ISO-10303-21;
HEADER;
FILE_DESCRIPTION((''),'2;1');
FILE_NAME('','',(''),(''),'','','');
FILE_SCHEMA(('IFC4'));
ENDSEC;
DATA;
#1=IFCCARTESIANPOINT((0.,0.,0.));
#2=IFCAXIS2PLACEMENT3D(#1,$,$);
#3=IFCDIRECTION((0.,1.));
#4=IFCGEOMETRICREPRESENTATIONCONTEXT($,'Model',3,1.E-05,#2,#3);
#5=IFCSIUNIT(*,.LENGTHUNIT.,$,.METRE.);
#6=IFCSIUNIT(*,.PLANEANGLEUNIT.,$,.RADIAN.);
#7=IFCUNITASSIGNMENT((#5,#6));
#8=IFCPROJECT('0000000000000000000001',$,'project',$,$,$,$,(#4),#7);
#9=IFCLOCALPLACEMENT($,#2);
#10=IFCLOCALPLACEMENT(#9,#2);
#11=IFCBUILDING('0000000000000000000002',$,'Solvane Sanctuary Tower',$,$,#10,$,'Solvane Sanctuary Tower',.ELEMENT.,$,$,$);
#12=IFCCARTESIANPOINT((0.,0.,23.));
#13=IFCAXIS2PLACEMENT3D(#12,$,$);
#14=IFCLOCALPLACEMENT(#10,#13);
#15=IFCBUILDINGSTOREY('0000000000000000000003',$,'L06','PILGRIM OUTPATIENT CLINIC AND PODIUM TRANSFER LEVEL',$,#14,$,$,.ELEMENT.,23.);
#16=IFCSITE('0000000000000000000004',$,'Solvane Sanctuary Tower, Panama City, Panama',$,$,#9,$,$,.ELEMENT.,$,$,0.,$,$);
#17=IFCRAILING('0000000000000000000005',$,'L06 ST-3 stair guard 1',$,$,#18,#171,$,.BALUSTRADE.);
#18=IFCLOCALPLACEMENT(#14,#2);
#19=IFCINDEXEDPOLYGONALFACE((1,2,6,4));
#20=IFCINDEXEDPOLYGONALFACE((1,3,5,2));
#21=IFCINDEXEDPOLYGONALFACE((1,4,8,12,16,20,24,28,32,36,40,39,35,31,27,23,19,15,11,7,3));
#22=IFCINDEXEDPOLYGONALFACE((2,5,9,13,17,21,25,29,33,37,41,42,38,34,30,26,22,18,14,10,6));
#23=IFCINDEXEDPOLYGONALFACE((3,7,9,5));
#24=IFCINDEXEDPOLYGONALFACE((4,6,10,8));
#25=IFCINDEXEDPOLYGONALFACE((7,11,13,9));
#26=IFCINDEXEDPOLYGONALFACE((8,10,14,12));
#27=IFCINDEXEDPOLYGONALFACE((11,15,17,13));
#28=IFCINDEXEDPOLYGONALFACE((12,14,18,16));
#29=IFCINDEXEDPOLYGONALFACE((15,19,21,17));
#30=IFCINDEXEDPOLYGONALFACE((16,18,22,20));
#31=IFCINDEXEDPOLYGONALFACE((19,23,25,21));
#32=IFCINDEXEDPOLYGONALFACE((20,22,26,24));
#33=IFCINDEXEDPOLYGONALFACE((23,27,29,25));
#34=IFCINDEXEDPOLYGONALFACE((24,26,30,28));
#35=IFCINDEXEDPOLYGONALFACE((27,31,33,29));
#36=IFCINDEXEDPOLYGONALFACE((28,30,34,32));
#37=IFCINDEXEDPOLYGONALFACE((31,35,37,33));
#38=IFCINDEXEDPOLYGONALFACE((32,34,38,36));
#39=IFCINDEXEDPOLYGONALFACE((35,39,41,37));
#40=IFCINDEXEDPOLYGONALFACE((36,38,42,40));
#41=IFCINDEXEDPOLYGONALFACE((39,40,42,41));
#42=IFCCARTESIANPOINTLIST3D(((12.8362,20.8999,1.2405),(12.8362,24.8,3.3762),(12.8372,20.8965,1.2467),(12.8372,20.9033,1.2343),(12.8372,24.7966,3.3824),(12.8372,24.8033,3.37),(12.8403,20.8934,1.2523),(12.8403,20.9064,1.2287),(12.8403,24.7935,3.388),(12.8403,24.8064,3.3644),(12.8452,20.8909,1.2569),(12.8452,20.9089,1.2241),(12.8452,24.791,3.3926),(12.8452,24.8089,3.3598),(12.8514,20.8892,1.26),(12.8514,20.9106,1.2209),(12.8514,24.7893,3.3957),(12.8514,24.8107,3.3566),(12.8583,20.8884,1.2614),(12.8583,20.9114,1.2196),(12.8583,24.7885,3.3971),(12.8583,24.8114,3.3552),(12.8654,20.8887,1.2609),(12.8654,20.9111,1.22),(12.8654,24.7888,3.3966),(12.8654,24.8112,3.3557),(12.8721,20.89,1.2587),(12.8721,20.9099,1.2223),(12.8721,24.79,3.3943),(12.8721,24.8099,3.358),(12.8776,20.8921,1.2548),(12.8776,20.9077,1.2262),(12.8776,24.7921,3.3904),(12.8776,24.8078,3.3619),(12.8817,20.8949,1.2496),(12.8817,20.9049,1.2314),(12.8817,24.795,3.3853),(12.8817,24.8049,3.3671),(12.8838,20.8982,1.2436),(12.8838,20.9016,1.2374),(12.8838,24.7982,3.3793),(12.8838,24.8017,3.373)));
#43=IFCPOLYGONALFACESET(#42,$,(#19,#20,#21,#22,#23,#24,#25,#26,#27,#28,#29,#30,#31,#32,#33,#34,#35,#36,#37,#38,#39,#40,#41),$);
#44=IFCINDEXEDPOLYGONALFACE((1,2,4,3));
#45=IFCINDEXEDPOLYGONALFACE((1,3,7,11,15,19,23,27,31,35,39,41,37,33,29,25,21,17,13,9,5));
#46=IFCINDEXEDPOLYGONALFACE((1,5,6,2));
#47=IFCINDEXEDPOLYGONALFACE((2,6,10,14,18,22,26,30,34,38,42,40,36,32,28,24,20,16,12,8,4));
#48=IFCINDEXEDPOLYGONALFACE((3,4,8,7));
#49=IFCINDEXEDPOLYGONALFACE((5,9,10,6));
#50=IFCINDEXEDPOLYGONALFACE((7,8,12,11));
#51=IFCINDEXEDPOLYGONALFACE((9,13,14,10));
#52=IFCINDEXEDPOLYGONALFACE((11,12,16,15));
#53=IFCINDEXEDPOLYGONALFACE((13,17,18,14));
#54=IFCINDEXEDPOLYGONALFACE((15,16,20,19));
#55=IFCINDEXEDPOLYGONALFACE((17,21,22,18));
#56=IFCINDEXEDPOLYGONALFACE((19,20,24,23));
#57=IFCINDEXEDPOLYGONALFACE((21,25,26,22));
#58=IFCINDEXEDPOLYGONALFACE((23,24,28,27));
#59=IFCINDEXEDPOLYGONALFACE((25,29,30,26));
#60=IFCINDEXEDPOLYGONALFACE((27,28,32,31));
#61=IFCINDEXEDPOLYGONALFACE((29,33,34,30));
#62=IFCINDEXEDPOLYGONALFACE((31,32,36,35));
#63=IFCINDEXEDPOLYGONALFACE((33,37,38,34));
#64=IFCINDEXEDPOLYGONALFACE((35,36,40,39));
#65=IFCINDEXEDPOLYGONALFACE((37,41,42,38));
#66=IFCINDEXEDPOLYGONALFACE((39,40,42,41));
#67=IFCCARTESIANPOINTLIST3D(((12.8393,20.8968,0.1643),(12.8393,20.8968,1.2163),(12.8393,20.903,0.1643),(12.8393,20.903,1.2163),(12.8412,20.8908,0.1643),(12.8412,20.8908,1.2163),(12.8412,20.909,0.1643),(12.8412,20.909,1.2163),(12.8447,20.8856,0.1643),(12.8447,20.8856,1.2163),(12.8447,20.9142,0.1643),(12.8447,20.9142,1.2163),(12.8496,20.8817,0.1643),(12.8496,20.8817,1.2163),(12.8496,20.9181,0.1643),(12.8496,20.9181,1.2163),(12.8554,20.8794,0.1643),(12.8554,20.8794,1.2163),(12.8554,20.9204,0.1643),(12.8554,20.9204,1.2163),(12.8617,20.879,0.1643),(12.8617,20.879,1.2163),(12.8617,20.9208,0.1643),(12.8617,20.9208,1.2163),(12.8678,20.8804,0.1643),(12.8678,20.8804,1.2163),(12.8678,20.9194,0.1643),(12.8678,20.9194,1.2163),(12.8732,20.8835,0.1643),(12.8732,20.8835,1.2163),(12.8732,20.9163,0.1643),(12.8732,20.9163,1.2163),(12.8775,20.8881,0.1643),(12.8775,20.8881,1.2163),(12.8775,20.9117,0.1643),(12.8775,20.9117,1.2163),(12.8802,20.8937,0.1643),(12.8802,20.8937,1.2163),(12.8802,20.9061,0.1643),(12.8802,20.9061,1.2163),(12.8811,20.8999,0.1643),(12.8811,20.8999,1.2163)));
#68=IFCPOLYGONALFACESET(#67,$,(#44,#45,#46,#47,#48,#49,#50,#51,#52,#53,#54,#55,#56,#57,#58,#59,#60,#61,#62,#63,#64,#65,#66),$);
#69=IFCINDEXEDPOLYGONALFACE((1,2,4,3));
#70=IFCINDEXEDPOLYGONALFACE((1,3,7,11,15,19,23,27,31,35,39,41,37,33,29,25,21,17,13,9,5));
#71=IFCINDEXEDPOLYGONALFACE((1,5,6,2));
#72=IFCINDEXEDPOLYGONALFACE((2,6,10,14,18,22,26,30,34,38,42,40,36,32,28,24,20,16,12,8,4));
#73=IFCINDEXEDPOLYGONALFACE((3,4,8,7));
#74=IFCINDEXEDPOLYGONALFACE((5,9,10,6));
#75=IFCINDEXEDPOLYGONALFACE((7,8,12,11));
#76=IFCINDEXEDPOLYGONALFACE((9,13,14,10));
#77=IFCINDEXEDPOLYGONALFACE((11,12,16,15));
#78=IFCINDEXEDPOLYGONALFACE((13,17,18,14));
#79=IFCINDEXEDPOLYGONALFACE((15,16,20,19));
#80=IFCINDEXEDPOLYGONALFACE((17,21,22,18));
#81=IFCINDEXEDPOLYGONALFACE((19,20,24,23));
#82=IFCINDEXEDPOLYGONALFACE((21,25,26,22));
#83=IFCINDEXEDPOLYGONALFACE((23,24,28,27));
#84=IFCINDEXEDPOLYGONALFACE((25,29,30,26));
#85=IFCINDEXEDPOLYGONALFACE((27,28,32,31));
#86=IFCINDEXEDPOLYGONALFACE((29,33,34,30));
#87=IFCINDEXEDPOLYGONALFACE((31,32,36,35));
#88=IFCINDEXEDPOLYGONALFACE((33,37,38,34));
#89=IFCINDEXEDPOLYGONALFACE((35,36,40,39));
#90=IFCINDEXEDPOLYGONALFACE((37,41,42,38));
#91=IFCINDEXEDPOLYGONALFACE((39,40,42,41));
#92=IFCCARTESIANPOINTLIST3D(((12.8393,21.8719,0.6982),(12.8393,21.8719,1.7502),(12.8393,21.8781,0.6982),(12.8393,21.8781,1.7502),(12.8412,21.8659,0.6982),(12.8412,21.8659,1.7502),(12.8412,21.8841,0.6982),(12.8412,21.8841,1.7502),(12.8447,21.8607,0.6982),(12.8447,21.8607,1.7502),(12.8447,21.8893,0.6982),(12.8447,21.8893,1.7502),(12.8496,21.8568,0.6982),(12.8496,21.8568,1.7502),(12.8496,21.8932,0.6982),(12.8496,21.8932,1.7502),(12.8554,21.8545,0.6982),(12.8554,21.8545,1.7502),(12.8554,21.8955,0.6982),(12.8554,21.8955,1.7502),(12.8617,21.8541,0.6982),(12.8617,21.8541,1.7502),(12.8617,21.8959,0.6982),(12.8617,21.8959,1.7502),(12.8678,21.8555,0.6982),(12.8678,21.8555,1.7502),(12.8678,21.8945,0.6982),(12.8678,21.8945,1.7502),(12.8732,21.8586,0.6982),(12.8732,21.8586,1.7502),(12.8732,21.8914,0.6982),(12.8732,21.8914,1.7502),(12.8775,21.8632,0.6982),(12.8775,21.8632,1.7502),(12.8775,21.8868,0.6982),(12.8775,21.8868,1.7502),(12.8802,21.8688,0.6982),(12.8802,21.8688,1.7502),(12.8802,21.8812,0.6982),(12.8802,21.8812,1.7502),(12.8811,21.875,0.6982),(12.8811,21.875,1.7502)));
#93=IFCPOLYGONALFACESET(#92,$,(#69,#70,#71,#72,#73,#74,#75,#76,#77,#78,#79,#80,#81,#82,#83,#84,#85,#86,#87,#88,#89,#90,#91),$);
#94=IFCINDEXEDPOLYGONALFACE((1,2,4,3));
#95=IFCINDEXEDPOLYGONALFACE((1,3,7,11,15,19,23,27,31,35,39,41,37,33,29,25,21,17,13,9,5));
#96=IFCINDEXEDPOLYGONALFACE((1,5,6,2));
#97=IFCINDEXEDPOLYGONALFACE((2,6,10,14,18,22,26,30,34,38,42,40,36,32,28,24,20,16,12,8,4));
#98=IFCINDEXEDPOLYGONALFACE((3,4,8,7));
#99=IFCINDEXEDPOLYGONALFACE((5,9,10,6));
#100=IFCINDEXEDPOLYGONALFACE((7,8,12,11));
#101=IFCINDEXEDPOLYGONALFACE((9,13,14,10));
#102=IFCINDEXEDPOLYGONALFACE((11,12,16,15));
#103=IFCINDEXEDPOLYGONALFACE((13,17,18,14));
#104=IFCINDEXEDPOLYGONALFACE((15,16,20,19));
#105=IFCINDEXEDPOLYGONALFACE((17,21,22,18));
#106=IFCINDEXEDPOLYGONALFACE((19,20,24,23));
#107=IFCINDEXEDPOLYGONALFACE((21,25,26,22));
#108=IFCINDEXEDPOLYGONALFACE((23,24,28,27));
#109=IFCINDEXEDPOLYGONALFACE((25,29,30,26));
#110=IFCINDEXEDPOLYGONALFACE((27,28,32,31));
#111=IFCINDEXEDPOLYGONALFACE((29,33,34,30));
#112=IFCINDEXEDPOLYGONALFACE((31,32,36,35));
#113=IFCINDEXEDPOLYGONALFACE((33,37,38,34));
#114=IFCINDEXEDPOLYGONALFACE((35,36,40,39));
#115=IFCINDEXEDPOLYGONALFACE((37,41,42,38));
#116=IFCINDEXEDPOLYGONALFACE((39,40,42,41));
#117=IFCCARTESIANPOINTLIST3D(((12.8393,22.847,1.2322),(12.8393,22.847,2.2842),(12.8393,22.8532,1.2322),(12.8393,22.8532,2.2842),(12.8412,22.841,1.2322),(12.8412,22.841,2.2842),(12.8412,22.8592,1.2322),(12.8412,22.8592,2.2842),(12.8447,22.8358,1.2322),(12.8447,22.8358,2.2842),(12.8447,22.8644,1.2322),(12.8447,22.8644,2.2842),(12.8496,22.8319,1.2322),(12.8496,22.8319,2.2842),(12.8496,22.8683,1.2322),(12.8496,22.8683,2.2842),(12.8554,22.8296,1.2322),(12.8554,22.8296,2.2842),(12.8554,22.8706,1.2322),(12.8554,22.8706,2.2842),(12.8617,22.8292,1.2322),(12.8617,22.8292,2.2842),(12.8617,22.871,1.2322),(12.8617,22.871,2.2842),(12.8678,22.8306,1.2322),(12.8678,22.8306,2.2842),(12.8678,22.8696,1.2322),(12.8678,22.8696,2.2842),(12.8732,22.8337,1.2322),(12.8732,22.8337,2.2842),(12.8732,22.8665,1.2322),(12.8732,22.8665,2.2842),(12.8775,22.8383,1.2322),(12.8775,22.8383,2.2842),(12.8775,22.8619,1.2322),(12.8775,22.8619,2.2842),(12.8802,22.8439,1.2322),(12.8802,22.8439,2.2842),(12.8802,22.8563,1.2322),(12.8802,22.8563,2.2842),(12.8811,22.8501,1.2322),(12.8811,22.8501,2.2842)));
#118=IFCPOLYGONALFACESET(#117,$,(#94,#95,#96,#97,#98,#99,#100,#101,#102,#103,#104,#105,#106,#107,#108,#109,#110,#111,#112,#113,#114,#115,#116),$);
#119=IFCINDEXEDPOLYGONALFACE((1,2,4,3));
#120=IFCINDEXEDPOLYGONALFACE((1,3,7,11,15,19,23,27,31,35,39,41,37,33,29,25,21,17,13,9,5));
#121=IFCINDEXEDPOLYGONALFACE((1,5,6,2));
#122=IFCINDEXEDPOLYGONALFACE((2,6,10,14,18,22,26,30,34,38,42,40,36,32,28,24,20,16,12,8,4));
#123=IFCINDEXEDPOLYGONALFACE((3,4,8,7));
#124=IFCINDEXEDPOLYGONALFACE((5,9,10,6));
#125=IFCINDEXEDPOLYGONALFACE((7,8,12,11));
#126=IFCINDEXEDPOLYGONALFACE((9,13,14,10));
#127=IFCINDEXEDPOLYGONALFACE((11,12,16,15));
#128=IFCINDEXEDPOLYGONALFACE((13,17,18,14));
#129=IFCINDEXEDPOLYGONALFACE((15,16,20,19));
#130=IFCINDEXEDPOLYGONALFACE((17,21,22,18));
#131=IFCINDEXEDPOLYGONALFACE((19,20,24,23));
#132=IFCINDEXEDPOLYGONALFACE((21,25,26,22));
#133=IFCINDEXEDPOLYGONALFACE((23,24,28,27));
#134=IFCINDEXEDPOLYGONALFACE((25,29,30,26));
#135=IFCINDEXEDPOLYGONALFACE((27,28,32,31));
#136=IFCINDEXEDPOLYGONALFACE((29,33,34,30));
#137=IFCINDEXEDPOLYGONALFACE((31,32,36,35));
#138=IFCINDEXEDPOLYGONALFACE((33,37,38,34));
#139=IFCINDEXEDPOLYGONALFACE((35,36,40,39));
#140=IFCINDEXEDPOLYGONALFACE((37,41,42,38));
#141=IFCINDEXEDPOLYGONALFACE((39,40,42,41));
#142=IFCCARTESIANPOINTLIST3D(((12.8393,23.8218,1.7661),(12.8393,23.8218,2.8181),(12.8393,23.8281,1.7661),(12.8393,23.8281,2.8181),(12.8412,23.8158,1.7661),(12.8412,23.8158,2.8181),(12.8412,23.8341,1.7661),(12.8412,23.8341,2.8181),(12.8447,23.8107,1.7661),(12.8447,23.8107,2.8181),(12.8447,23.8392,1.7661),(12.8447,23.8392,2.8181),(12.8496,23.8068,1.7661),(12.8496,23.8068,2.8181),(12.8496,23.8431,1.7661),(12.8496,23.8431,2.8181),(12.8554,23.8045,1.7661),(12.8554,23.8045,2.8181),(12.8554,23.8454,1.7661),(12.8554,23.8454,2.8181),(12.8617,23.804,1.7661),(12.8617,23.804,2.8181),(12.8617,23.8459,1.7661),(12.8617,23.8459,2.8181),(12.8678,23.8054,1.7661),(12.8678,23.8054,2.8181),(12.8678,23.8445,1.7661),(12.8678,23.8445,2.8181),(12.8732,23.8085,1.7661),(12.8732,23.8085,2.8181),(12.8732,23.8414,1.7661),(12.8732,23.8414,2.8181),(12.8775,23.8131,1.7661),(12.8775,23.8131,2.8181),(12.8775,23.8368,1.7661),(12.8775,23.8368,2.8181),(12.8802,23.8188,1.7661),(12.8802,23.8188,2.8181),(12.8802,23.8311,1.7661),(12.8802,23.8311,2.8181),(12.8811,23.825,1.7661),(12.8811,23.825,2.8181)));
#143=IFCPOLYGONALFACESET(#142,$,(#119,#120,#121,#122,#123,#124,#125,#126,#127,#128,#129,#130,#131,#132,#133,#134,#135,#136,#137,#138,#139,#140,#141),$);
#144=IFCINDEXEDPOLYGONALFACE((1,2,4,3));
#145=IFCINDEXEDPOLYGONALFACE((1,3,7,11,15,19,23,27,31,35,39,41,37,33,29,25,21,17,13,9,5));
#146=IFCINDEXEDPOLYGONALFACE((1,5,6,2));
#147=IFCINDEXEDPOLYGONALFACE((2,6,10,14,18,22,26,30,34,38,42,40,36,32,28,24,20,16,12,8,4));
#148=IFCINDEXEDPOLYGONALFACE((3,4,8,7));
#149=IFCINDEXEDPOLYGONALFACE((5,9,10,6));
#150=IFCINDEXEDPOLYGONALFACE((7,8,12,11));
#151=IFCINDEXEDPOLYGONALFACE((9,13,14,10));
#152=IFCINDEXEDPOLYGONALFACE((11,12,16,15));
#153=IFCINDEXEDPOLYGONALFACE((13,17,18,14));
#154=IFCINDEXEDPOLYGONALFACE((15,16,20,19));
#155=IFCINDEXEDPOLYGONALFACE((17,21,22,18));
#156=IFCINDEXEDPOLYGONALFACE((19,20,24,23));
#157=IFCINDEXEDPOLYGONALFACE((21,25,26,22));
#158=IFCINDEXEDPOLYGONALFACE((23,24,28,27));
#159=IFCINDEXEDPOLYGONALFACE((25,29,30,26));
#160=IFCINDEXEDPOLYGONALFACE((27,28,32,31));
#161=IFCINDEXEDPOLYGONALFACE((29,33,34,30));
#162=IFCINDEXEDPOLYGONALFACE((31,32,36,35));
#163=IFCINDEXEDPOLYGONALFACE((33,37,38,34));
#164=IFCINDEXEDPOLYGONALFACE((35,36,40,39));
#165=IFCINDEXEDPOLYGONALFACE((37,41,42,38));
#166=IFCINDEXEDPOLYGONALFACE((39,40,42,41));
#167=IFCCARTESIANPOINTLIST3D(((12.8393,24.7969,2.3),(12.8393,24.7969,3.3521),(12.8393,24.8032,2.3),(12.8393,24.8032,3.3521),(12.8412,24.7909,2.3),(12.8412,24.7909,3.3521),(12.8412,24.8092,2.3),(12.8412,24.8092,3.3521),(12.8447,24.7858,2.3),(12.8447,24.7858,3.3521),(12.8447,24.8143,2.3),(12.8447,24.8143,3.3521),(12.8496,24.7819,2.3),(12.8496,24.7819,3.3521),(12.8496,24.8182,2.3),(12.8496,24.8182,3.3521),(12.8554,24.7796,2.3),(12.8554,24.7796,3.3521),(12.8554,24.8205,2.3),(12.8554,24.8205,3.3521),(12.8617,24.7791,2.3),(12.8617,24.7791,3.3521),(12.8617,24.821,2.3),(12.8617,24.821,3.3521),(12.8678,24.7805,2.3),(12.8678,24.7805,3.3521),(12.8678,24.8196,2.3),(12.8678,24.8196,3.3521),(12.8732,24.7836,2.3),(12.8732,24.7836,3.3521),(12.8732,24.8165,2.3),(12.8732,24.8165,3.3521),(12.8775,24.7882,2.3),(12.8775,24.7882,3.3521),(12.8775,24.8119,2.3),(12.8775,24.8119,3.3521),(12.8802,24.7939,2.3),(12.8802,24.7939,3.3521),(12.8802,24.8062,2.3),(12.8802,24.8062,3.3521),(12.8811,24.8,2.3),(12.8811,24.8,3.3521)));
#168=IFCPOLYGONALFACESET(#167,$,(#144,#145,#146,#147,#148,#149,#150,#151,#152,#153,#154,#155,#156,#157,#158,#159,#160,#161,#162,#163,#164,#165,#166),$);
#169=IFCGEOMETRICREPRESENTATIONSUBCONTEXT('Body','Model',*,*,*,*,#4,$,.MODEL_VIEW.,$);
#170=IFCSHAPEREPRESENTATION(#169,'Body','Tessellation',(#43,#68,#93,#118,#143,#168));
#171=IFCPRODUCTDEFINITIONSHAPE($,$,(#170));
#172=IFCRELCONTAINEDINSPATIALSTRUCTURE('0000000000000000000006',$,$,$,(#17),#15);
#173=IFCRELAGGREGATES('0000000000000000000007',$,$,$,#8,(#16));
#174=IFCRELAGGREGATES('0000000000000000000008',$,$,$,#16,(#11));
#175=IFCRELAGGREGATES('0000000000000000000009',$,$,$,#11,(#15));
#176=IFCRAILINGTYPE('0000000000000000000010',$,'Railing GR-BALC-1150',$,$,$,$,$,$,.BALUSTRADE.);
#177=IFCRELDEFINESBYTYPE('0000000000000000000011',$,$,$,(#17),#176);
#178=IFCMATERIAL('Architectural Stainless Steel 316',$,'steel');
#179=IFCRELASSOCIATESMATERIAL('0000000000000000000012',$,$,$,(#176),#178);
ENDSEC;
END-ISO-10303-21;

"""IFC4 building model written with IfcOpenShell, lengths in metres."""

from ifc_helpers import new_model, si_unit, direction, frame, origin, origin_2d, place, context, subcontext, project, spatial, circle, extrude, material, type_object, element, save


model = new_model("IFC4")

# Units and contexts
model_context = context("Model", 3, precision=1e-05, world=origin(), true_north=direction((0.0, 1.0)))
body_context = subcontext(model_context, "Body", "Model", "MODEL_VIEW")
ifc_project = project(units=[si_unit("LENGTHUNIT", "METRE"), si_unit("PLANEANGLEUNIT", "RADIAN")], contexts=[model_context])

# Site, building, storey
site_placement = place(None, origin())
site = spatial("IfcSite", under=ifc_project, at=site_placement, Name="Solvane Sanctuary Tower, Panama City, Panama", CompositionType="ELEMENT", RefElevation=0.0)
building_placement = place(site_placement, origin())
building = spatial("IfcBuilding", under=site, at=building_placement, Name="Solvane Sanctuary Tower", LongName="Solvane Sanctuary Tower", CompositionType="ELEMENT")
storey_placement = place(building_placement, frame((0.0, 0.0, 23.0)))
storey = spatial("IfcBuildingStorey", under=building, at=storey_placement, Name="L06", Description="PILGRIM OUTPATIENT CLINIC AND PODIUM TRANSFER LEVEL", CompositionType="ELEMENT", Elevation=23.0)

# Railing
ifc_material_1 = material(Name="Architectural Stainless Steel 316", Category="steel")
railing_type_1 = type_object("IfcRailingType", Name="Railing GR-BALC-1150", PredefinedType="BALUSTRADE", material=ifc_material_1)
railing_1_placement = place(storey_placement, frame((12.8601, 20.8999, 0.1643)))
element("IfcRailing", 1, at=railing_1_placement, inside=storey, type_object=railing_type_1, Name="L06 ST-3 stair guard 1", PredefinedType="BALUSTRADE", context=body_context, shape_type="SweptSolid", body=[
    extrude(circle(Radius=0.0239, at=origin_2d()), frame((0.0, 0.0, 1.0762), z_axis=(0.0, 0.877101, 0.480306), x_axis=(-1.0, 0.0, 0.0)), (0.0, 0.0, 1.0), 4.4465),
    extrude(circle(Radius=0.021, at=origin_2d()), origin(), (0.0, 0.0, 1.0), 1.052),
    extrude(circle(Radius=0.021, at=origin_2d()), frame((0.0, 0.9751, 0.5339)), (0.0, 0.0, 1.0), 1.052),
    extrude(circle(Radius=0.021, at=origin_2d()), frame((0.0, 1.9502, 1.0679)), (0.0, 0.0, 1.0), 1.052),
    extrude(circle(Radius=0.021, at=origin_2d()), frame((0.0, 2.925, 1.6018)), (0.0, 0.0, 1.0), 1.052),
    extrude(circle(Radius=0.021, at=origin_2d()), frame((0.0, 3.9001, 2.1357)), (0.0, 0.0, 1.0), 1.052),
])

save(model, "model.ifc")
